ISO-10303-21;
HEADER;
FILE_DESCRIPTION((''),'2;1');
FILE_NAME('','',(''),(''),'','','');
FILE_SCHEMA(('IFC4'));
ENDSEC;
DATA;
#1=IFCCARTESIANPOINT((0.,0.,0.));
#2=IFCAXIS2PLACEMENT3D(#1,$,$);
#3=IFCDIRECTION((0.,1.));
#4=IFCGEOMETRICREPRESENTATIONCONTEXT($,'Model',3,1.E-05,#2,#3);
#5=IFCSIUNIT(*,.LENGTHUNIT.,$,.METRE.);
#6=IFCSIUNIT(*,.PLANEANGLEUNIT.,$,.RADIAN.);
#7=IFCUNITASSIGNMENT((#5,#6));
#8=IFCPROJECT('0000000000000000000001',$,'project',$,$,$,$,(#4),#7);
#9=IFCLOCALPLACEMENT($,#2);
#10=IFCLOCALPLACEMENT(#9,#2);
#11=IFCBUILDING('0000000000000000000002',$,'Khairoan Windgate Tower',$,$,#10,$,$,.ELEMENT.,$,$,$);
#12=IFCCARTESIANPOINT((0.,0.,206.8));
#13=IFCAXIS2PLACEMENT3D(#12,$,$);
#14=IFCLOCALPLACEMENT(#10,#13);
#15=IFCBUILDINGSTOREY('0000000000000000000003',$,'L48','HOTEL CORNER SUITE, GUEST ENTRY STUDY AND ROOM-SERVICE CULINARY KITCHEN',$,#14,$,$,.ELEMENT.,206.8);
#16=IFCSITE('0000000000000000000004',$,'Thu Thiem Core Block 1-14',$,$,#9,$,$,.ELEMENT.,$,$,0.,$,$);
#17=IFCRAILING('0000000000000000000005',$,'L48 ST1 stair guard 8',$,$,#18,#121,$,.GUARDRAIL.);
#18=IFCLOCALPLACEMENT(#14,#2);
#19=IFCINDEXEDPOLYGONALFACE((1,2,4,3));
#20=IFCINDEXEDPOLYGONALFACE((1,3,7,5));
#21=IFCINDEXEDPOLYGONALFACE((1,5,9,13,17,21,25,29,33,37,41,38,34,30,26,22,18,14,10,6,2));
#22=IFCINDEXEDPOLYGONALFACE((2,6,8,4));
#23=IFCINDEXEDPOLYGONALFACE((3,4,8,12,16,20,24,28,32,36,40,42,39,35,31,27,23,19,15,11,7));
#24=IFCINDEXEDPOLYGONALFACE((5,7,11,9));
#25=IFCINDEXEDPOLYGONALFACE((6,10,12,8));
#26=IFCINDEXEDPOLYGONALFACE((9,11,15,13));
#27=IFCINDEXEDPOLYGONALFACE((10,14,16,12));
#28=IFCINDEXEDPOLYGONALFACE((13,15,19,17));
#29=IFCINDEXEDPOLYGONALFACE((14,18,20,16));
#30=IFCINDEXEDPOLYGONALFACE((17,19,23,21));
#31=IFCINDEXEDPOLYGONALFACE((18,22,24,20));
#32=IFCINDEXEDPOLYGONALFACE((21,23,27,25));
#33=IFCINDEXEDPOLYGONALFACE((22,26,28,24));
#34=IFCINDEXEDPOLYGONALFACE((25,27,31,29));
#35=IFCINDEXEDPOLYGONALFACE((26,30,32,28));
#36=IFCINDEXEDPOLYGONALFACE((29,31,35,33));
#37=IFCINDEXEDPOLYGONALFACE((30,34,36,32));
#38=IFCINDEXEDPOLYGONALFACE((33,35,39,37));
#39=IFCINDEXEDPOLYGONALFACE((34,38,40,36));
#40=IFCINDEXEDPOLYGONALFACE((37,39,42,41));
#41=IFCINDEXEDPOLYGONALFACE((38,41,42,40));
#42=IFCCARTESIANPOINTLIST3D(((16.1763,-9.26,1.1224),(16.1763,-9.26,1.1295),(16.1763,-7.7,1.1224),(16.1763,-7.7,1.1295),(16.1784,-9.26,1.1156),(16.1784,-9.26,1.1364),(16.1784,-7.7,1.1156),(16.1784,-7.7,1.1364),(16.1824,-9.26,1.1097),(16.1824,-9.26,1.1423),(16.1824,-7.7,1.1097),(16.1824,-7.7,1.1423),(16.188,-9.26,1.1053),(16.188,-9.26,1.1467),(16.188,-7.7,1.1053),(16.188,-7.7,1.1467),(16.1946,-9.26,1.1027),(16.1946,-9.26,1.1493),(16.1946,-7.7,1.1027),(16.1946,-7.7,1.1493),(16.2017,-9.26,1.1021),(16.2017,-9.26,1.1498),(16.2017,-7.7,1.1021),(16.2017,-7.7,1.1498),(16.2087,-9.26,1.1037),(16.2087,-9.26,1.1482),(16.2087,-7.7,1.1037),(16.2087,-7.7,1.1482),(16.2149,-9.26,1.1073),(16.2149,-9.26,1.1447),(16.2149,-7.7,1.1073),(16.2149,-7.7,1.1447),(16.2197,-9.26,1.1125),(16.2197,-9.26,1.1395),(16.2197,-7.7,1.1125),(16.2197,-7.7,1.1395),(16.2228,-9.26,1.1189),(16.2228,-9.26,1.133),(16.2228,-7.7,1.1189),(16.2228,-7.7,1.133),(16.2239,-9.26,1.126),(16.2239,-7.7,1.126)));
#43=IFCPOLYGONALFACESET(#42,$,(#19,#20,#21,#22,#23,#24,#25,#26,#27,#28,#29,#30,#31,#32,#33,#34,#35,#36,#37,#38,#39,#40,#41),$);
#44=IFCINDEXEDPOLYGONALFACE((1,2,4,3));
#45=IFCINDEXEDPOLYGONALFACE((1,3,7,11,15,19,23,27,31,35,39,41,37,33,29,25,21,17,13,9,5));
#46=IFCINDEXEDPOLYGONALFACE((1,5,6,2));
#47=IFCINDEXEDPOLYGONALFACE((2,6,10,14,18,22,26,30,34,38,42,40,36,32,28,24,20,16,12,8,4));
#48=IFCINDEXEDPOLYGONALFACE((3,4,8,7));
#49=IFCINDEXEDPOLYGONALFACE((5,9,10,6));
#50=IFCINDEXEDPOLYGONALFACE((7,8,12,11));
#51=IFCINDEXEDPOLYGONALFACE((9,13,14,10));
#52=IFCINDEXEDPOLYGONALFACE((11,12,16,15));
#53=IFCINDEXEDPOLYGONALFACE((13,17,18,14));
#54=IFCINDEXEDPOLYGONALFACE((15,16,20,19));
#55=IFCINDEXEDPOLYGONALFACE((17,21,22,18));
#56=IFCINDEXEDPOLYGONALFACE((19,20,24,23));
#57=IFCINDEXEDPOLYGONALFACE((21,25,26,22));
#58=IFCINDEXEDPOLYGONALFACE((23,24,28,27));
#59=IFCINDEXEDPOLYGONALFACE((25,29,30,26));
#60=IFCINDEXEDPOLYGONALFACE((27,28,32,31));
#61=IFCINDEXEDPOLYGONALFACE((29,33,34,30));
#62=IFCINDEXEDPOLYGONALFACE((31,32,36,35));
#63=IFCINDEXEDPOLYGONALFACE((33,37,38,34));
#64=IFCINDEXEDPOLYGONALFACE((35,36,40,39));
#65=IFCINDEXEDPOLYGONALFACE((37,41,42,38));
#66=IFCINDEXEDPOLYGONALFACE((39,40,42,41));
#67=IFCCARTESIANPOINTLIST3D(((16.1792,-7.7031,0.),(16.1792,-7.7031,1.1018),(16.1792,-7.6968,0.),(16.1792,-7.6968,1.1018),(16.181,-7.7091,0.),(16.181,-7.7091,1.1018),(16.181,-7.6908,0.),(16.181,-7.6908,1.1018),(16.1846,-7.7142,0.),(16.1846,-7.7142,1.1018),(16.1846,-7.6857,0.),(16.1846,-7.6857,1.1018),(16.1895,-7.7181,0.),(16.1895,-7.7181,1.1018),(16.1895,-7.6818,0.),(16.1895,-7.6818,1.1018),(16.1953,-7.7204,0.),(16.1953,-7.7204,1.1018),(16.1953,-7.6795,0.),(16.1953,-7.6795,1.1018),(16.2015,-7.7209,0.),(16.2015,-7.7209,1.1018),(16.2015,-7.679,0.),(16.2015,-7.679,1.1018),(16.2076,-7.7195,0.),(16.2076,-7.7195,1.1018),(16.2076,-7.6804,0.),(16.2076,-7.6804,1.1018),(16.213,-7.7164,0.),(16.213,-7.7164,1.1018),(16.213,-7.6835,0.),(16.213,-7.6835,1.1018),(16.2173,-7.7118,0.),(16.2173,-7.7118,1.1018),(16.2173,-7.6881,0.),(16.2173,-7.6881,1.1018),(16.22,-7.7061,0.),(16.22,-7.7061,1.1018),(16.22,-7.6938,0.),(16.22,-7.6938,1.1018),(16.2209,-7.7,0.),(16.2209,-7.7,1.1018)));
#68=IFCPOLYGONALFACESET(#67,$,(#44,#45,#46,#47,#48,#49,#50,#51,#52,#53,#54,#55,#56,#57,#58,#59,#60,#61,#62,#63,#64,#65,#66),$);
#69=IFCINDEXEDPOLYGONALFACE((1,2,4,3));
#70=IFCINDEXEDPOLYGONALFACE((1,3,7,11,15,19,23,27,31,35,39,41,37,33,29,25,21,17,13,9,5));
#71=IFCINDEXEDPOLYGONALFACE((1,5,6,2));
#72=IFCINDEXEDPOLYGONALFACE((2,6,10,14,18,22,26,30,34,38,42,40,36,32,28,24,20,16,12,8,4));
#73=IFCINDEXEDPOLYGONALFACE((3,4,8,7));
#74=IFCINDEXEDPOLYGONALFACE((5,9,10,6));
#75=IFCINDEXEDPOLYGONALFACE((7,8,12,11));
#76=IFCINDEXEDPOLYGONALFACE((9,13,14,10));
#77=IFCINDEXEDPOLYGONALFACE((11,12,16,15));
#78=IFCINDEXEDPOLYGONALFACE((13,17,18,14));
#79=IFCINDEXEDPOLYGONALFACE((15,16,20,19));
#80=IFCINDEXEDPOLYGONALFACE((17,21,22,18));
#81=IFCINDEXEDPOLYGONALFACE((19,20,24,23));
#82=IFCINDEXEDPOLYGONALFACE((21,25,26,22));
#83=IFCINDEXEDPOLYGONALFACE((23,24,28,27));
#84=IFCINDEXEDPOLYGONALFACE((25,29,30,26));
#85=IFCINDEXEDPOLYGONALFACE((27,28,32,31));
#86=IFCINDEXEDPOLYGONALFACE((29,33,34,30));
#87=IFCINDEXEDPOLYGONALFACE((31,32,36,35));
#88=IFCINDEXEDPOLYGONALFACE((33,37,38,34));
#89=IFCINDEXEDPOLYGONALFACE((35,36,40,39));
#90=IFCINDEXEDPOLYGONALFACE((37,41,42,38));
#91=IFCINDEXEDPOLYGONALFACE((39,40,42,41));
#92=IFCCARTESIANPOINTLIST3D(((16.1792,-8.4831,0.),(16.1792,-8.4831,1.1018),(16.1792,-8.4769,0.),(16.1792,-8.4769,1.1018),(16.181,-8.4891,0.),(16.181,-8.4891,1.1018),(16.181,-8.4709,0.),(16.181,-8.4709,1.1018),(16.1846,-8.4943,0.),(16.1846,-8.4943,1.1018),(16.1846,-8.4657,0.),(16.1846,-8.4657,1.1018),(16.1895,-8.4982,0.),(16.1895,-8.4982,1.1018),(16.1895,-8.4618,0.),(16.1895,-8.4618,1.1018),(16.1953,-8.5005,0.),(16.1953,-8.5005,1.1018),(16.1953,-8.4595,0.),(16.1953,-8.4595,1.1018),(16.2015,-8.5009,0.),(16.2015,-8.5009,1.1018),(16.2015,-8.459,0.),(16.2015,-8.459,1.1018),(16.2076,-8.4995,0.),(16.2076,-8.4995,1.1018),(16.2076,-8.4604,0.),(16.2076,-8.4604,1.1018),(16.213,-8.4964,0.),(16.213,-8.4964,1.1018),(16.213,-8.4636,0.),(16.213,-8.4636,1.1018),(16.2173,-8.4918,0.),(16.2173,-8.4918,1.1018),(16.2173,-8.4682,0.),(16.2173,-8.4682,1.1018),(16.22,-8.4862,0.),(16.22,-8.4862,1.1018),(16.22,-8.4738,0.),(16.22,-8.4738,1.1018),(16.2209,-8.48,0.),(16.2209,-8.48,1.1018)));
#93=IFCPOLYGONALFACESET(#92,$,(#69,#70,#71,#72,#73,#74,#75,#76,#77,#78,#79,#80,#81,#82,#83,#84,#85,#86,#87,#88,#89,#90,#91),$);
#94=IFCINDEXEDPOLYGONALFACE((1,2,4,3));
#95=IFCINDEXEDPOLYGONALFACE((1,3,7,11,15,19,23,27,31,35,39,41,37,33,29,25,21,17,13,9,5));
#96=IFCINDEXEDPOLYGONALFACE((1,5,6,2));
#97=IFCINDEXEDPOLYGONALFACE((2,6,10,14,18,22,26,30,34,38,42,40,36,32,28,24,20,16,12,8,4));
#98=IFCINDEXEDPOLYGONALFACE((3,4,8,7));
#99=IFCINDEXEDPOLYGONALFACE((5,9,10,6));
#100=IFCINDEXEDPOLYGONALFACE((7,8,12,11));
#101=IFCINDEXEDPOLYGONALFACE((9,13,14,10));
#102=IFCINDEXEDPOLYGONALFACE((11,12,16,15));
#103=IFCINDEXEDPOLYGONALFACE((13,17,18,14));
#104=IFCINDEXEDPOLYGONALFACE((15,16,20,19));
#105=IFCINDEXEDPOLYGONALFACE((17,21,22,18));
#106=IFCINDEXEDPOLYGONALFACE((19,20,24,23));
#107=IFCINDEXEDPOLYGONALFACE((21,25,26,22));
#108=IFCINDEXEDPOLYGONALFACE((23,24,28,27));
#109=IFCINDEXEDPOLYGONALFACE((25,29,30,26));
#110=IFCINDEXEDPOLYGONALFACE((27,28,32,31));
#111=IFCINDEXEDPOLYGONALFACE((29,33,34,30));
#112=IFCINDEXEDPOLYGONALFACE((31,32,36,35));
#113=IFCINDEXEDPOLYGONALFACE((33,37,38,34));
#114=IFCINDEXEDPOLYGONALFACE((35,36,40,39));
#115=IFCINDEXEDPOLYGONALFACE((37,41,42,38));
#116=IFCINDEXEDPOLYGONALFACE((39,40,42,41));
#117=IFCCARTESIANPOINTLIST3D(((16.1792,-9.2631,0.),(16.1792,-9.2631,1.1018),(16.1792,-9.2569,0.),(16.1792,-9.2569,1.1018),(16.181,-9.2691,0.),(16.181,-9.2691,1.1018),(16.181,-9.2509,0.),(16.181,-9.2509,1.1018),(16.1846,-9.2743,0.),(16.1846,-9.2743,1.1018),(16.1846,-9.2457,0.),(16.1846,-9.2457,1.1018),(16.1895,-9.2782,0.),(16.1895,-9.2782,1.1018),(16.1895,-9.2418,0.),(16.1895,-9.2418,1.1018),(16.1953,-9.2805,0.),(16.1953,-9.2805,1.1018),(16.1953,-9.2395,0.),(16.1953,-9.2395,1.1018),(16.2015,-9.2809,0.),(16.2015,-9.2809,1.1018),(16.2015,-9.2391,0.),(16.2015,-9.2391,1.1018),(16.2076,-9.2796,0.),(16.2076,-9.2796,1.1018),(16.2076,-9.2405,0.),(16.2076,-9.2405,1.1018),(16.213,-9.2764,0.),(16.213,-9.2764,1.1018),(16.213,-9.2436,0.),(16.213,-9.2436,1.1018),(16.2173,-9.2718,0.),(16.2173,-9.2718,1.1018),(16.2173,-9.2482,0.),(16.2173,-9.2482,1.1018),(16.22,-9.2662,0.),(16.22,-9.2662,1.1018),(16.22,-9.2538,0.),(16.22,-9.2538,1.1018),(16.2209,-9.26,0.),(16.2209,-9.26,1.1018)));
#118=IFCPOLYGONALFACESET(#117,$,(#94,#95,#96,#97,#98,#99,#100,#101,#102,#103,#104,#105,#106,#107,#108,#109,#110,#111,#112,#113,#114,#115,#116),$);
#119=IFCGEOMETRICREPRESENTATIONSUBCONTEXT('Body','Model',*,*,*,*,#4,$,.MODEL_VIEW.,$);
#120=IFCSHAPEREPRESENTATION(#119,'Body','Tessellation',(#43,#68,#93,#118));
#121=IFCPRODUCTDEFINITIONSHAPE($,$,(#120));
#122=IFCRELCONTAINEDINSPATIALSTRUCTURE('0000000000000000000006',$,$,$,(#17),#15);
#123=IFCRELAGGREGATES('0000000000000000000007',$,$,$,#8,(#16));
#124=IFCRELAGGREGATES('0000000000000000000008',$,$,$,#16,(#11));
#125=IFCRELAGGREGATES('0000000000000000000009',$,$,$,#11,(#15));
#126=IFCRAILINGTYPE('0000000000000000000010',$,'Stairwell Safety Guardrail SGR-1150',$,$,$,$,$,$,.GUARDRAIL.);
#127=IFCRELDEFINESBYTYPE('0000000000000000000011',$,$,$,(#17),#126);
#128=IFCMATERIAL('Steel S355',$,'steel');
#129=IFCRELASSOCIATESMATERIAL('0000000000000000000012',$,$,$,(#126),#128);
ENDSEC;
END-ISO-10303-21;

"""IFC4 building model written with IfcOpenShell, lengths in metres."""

from ifc_helpers import new_model, si_unit, direction, frame, origin, origin_2d, place, context, subcontext, project, spatial, circle, extrude, material, type_object, element, save


model = new_model("IFC4")

# Units and contexts
model_context = context("Model", 3, precision=1e-05, world=origin(), true_north=direction((0.0, 1.0)))
body_context = subcontext(model_context, "Body", "Model", "MODEL_VIEW")
ifc_project = project(units=[si_unit("LENGTHUNIT", "METRE"), si_unit("PLANEANGLEUNIT", "RADIAN")], contexts=[model_context])

# Site, building, storey
site_placement = place(None, origin())
site = spatial("IfcSite", under=ifc_project, at=site_placement, Name="Thu Thiem Core Block 1-14", CompositionType="ELEMENT", RefElevation=0.0)
building_placement = place(site_placement, origin())
building = spatial("IfcBuilding", under=site, at=building_placement, Name="Khairoan Windgate Tower", CompositionType="ELEMENT")
storey_placement = place(building_placement, frame((0.0, 0.0, 206.8)))
storey = spatial("IfcBuildingStorey", under=building, at=storey_placement, Name="L48", Description="HOTEL CORNER SUITE, GUEST ENTRY STUDY AND ROOM-SERVICE CULINARY KITCHEN", CompositionType="ELEMENT", Elevation=206.8)

# Railing
ifc_material_1 = material(Name="Steel S355", Category="steel")
railing_type_1 = type_object("IfcRailingType", Name="Stairwell Safety Guardrail SGR-1150", PredefinedType="GUARDRAIL", material=ifc_material_1)
railing_1_placement = place(storey_placement, frame((16.2, -7.7, 0.0)))
element("IfcRailing", 1, at=railing_1_placement, inside=storey, type_object=railing_type_1, Name="L48 ST1 stair guard 8", PredefinedType="GUARDRAIL", context=body_context, shape_type="SweptSolid", body=[
    extrude(circle(Radius=0.0239, at=origin_2d()), frame((0.0, 0.0, 1.126), z_axis=(0.0, -1.0, 0.0), x_axis=(1.0, 0.0, 0.0)), (0.0, 0.0, 1.0), 1.5601),
    extrude(circle(Radius=0.021, at=origin_2d()), origin(), (0.0, 0.0, 1.0), 1.1018),
    extrude(circle(Radius=0.021, at=origin_2d()), frame((0.0, -0.78, 0.0)), (0.0, 0.0, 1.0), 1.1018),
    extrude(circle(Radius=0.021, at=origin_2d()), frame((0.0, -1.5601, 0.0)), (0.0, 0.0, 1.0), 1.1018),
])

save(model, "model.ifc")
